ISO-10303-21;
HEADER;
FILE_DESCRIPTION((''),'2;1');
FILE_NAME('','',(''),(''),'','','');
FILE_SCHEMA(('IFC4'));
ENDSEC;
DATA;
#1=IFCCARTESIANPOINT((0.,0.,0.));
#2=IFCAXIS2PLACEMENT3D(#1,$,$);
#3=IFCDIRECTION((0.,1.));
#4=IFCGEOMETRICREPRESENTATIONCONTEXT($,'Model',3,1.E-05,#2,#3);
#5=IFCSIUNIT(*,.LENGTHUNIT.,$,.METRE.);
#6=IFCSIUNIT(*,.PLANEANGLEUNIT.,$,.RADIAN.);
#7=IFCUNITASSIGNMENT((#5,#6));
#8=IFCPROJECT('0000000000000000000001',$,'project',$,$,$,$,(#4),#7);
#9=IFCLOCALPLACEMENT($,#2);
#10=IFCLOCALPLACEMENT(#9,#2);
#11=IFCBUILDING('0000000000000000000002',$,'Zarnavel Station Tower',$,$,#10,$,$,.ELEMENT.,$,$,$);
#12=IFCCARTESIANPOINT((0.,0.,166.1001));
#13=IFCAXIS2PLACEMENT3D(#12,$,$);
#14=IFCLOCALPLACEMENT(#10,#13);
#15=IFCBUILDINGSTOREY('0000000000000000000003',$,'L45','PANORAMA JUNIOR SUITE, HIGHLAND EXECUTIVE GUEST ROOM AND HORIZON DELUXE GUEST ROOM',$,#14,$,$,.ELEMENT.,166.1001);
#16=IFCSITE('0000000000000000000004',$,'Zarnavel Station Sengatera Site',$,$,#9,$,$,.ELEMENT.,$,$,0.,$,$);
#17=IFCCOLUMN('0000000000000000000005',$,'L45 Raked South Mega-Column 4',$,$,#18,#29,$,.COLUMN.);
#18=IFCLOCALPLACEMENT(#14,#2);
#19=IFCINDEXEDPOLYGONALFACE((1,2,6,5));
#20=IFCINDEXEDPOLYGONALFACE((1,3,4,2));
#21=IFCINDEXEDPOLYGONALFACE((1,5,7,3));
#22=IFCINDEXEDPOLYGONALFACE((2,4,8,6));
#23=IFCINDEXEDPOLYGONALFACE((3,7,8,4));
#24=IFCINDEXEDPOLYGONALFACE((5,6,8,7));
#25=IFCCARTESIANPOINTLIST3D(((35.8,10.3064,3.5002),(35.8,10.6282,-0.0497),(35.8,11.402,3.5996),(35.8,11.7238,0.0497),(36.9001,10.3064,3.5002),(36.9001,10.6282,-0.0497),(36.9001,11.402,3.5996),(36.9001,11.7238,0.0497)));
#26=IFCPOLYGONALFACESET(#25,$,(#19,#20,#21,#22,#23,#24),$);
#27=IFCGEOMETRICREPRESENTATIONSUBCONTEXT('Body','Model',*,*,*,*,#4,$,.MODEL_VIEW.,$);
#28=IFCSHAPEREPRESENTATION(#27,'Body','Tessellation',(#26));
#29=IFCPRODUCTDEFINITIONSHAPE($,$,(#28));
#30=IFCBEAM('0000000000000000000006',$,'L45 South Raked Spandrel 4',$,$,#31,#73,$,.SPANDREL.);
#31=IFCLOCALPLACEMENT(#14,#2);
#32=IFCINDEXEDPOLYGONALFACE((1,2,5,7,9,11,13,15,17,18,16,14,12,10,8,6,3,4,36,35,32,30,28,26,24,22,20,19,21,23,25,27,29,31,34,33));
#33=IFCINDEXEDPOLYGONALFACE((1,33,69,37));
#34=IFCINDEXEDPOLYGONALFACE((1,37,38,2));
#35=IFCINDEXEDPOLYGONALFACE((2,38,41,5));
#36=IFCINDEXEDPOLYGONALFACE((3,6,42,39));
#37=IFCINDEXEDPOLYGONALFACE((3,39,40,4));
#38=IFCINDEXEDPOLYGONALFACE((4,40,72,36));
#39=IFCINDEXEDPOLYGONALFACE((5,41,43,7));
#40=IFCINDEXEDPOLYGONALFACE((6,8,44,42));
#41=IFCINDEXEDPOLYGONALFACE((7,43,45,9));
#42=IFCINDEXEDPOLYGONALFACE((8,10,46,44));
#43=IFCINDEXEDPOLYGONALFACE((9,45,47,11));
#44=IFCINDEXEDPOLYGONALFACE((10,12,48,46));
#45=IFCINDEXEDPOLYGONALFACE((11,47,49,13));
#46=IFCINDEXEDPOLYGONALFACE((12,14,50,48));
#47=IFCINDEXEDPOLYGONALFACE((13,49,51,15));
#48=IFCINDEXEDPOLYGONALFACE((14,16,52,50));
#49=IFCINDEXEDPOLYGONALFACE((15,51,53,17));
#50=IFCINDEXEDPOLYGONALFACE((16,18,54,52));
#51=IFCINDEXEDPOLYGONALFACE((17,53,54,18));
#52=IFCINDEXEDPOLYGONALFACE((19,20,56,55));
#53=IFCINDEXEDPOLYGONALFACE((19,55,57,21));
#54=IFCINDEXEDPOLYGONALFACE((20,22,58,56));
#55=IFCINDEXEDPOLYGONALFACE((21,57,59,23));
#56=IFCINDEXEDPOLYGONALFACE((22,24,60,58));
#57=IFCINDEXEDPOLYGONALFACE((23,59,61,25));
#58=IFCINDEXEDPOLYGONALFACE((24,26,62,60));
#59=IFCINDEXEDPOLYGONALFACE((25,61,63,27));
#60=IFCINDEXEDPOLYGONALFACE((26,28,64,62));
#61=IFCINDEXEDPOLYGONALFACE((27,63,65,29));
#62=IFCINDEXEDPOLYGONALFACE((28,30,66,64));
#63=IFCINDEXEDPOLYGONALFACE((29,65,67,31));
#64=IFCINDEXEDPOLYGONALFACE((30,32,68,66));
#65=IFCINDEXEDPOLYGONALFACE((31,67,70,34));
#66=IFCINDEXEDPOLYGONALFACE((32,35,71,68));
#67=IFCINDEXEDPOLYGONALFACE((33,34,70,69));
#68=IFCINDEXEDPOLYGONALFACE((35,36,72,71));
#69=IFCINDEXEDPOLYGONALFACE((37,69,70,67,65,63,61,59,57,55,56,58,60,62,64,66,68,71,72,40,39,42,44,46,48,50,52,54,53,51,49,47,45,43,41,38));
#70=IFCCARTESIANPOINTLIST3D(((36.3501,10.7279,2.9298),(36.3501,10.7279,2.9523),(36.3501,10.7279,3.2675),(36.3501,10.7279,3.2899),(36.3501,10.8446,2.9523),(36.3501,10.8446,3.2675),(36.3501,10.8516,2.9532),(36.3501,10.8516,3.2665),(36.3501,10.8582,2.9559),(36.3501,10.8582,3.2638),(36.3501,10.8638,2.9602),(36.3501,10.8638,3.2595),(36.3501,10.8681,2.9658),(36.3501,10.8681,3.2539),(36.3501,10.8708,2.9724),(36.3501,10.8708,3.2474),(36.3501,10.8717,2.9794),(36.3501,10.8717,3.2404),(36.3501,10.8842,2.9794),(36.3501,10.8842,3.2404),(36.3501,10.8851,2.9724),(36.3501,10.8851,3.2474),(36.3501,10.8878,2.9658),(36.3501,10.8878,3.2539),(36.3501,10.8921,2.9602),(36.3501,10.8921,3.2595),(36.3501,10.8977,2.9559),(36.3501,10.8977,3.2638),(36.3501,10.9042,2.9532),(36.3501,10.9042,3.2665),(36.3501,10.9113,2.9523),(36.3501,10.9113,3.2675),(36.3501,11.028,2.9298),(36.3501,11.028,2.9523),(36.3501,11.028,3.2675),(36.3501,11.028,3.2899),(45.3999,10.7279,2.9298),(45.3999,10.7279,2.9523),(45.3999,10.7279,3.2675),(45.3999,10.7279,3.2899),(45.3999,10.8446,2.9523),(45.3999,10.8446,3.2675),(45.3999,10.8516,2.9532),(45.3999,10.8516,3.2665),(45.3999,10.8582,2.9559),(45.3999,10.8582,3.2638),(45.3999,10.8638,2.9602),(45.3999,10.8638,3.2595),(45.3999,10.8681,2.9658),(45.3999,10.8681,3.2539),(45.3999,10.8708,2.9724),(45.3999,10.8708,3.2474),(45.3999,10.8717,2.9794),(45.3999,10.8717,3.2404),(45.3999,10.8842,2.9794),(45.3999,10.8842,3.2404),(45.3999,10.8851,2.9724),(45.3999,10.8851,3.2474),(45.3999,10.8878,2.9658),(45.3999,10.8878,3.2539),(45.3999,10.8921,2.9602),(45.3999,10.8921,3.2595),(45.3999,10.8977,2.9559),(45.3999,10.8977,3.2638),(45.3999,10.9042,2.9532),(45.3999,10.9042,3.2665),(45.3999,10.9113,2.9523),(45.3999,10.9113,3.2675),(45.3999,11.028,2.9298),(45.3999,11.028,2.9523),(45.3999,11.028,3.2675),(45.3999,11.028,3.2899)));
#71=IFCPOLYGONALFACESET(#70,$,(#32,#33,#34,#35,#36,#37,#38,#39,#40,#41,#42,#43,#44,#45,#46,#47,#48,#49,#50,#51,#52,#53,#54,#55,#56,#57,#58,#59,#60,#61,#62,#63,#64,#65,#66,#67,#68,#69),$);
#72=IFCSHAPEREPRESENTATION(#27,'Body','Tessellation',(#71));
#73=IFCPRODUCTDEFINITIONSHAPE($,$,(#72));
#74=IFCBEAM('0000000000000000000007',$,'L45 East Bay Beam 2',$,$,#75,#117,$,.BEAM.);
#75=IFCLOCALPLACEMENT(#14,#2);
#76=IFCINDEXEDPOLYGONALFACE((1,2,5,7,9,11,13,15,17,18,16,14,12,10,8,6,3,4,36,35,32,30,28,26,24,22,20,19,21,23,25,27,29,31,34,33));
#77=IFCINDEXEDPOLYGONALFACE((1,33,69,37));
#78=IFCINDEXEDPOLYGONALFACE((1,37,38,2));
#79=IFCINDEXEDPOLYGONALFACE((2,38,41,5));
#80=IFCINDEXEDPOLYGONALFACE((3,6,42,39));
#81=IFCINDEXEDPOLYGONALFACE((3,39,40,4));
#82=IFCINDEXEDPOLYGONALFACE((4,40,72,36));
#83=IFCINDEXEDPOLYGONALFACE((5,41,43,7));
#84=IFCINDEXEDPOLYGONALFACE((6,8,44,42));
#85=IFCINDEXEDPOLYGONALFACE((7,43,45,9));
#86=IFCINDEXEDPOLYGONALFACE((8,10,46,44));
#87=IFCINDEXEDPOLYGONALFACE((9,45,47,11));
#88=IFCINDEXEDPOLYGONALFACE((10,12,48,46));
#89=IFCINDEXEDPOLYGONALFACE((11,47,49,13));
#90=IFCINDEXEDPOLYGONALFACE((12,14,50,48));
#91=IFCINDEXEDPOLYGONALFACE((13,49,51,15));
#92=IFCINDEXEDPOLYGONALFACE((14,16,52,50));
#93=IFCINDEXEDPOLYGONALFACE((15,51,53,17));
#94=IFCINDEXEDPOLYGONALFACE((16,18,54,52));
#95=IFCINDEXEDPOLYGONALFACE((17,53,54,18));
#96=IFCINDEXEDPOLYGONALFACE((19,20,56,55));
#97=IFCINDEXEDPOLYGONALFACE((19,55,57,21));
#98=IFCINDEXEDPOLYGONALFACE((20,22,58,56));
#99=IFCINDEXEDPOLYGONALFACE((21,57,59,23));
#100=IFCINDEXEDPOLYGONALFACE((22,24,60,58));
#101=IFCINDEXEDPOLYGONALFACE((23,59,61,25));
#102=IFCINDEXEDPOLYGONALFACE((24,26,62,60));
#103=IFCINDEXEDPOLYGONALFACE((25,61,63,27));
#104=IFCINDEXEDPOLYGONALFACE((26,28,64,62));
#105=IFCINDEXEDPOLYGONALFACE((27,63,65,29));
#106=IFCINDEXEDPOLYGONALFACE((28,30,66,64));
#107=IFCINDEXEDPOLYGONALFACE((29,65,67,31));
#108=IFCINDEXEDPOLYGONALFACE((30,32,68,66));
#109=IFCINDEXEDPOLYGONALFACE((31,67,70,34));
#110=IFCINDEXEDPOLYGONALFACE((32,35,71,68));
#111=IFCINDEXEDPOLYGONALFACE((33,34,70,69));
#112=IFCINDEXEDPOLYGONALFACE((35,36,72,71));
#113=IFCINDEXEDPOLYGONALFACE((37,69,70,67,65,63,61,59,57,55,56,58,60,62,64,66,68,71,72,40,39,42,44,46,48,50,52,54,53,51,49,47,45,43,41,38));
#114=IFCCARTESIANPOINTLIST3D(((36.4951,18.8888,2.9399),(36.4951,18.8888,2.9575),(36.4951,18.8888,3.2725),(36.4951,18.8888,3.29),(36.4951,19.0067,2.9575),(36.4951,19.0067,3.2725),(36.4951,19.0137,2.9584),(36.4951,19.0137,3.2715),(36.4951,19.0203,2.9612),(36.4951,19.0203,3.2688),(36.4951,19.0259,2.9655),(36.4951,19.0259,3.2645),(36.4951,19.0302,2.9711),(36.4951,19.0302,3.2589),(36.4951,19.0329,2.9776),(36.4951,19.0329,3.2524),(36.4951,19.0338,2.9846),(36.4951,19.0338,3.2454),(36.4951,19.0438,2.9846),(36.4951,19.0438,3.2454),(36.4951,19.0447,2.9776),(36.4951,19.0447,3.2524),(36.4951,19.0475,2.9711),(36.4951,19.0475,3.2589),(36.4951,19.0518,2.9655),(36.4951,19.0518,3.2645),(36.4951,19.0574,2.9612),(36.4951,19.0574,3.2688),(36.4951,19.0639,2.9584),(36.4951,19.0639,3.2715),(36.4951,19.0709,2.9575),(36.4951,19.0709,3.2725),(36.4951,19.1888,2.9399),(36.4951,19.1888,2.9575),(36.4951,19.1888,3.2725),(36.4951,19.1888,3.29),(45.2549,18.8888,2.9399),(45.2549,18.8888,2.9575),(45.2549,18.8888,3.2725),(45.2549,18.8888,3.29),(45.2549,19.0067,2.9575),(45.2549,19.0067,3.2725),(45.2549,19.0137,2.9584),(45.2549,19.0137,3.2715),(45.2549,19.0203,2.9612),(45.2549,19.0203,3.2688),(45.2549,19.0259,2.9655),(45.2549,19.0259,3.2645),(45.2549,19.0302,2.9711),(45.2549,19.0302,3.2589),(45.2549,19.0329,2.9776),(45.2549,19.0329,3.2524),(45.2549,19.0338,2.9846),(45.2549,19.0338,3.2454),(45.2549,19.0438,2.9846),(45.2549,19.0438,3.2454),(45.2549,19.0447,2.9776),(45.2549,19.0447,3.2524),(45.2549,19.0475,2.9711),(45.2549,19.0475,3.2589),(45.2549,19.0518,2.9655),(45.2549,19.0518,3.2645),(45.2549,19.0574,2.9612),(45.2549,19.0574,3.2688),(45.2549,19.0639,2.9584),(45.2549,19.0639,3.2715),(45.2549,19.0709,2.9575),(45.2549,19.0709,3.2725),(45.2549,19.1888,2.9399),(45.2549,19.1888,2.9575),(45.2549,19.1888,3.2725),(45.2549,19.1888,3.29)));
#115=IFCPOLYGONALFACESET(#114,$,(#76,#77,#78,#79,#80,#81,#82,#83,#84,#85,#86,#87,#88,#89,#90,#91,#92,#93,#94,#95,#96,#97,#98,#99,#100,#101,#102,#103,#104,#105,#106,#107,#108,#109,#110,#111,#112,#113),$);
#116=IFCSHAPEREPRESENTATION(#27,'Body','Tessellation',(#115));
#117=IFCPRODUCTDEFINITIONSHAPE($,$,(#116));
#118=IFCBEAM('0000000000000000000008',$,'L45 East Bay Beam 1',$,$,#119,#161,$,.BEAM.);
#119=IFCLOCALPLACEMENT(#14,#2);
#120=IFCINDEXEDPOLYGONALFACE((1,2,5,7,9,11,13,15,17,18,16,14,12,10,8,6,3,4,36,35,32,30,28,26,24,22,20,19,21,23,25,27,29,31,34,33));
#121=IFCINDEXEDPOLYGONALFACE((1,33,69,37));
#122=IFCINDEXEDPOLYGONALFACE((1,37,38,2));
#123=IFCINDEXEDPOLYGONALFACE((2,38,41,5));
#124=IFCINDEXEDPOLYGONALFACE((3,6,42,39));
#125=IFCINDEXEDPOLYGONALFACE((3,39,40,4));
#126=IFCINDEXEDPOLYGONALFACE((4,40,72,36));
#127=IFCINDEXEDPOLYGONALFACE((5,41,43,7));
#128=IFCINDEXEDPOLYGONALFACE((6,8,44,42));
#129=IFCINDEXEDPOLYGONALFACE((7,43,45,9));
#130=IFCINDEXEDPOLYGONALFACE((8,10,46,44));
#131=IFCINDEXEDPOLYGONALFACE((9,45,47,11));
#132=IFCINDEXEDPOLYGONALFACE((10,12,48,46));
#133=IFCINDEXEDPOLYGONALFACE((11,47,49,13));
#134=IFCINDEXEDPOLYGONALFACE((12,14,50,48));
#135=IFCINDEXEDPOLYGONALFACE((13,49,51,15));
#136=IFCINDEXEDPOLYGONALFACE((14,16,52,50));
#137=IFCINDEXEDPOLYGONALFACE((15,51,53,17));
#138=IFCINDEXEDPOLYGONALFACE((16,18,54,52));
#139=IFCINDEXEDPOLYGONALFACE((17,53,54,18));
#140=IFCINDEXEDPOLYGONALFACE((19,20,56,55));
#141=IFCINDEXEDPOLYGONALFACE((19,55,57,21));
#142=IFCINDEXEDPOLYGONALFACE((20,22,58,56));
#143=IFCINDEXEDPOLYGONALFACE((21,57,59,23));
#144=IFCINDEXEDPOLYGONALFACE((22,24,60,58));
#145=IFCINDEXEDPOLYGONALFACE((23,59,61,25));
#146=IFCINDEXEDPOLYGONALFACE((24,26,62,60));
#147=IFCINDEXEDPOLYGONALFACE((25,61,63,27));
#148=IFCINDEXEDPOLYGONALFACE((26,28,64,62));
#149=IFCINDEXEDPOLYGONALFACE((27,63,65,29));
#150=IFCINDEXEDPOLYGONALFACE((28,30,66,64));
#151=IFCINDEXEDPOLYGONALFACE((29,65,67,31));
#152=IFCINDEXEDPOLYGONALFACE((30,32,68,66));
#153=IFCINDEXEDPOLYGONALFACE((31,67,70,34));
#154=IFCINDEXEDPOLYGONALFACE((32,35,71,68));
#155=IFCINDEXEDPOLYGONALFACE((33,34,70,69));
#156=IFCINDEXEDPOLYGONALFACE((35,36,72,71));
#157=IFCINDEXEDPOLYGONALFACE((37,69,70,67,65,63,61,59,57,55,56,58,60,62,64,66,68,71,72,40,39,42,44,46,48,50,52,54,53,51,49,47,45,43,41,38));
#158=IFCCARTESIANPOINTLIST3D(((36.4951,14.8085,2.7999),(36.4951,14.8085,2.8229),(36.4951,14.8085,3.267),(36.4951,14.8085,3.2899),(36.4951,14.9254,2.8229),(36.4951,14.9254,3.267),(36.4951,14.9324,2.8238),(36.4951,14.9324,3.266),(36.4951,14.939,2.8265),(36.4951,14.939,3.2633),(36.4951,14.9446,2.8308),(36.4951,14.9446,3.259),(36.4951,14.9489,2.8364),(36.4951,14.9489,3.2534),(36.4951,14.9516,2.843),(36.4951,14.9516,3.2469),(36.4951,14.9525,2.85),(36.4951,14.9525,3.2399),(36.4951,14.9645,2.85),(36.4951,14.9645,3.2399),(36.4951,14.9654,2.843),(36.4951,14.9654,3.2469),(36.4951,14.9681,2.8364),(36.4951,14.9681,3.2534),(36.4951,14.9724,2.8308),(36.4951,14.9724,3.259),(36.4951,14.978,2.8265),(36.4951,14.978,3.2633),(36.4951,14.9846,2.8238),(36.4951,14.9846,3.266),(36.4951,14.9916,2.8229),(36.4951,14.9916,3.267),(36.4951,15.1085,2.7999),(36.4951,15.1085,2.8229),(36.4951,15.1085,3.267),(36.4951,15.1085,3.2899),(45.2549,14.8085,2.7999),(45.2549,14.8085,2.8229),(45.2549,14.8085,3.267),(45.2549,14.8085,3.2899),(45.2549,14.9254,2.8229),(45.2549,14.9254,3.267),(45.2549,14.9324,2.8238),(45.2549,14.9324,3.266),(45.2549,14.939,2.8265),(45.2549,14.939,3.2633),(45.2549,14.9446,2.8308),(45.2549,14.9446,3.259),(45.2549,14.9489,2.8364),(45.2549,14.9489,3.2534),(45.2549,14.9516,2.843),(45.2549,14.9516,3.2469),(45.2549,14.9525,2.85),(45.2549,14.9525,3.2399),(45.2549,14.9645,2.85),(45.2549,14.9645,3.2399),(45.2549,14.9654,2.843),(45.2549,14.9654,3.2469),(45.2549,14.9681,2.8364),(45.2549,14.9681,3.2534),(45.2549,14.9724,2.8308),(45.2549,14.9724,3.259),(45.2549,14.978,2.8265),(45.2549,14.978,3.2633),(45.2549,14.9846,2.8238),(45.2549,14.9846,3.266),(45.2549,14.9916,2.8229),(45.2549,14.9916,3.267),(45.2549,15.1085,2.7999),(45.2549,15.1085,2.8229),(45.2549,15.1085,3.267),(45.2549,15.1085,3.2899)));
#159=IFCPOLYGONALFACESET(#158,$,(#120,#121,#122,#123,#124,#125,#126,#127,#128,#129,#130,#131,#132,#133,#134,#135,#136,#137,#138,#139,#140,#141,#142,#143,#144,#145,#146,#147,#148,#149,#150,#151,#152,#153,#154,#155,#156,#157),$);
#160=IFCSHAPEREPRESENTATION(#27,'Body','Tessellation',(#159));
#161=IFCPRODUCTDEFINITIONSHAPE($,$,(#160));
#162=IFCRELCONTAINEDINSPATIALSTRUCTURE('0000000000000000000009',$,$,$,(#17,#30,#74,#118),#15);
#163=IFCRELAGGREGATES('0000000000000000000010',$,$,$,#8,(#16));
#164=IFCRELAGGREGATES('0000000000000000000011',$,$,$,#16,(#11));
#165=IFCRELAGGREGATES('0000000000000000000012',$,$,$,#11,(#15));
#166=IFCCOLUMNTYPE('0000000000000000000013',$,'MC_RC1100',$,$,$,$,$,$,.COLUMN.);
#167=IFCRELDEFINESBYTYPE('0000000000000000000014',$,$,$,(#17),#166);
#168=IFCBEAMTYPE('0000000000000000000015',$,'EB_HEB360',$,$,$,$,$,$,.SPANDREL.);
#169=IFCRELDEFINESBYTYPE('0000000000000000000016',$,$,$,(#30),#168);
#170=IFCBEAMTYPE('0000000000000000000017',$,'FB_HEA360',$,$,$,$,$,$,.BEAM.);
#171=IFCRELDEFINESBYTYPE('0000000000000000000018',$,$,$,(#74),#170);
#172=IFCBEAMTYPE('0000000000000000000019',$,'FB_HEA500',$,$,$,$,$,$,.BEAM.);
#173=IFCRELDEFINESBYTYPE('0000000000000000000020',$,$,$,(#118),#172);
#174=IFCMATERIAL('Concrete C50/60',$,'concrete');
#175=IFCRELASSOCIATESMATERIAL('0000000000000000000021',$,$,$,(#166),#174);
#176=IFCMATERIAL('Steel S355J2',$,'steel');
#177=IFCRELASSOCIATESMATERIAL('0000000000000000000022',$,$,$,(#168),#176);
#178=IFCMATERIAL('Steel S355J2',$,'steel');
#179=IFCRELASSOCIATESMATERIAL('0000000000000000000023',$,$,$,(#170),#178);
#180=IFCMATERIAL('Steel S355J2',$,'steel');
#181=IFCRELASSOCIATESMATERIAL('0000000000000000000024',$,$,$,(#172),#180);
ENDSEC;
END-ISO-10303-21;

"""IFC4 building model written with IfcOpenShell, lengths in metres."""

from ifc_helpers import new_model, si_unit, direction, frame, origin, origin_2d, place, context, subcontext, project, spatial, rectangle, i_section, extrude, material, material_profile, profile_set, type_object, element, save


model = new_model("IFC4")

# Units and contexts
model_context = context("Model", 3, precision=1e-05, world=origin(), true_north=direction((0.0, 1.0)))
body_context = subcontext(model_context, "Body", "Model", "MODEL_VIEW")
ifc_project = project(units=[si_unit("LENGTHUNIT", "METRE"), si_unit("PLANEANGLEUNIT", "RADIAN")], contexts=[model_context])

# Site, building, storey
site_placement = place(None, origin())
site = spatial("IfcSite", under=ifc_project, at=site_placement, Name="Zarnavel Station Sengatera Site", CompositionType="ELEMENT", RefElevation=0.0)
building_placement = place(site_placement, origin())
building = spatial("IfcBuilding", under=site, at=building_placement, Name="Zarnavel Station Tower", CompositionType="ELEMENT")
storey_placement = place(building_placement, frame((0.0, 0.0, 166.1001)))
storey = spatial("IfcBuildingStorey", under=building, at=storey_placement, Name="L45", Description="PANORAMA JUNIOR SUITE, HIGHLAND EXECUTIVE GUEST ROOM AND HORIZON DELUXE GUEST ROOM", CompositionType="ELEMENT", Elevation=166.1001)

# Column
ifc_material_1 = material(Name="Concrete C50/60", Category="concrete")
ifc_material_profile_1 = material_profile(ifc_material_1, rectangle(XDim=1.1001, YDim=1.1001, at=origin_2d()), Name="RC1100x1100")
ifc_profile_set_1 = profile_set([ifc_material_profile_1], Name="Concrete C50/60")
column_type = type_object("IfcColumnType", Name="MC_RC1100", PredefinedType="COLUMN", material=ifc_profile_set_1)
column_placement = place(storey_placement, frame((36.3501, 11.176, 0.0), z_axis=(0.0, -0.090276, 0.995917), x_axis=(1.0, 0.0, 0.0)))
element("IfcColumn", 1, at=column_placement, inside=storey, type_object=column_type, Name="L45 Raked South Mega-Column 4", PredefinedType="COLUMN", context=body_context, shape_type="SweptSolid", body=[
    extrude(rectangle(XDim=1.1001, YDim=1.1001, at=origin_2d()), origin(), (0.0, 0.0, 1.0), 3.5645),
])

# Beams
ifc_material_2 = material(Name="Steel S355J2", Category="steel")
ifc_material_profile_2 = material_profile(ifc_material_2, i_section(OverallWidth=0.3, OverallDepth=0.3601, WebThickness=0.0125, FlangeThickness=0.0225, FilletRadius=0.0271, at=origin_2d()), Name="HEB360")
ifc_profile_set_2 = profile_set([ifc_material_profile_2], Name="Steel S355J2")
beam_type_1 = type_object("IfcBeamType", Name="EB_HEB360", PredefinedType="SPANDREL", material=ifc_profile_set_2)
beam_1_placement = place(storey_placement, frame((36.3501, 10.8779, 3.1099), z_axis=(1.0, 0.0, 0.0), x_axis=(0.0, 1.0, 0.0)))
element("IfcBeam", 2, at=beam_1_placement, inside=storey, type_object=beam_type_1, Name="L45 South Raked Spandrel 4", PredefinedType="SPANDREL", context=body_context, shape_type="SweptSolid", body=[
    extrude(i_section(OverallWidth=0.3, OverallDepth=0.3601, WebThickness=0.0125, FlangeThickness=0.0225, FilletRadius=0.0271, at=origin_2d()), origin(), (0.0, 0.0, 1.0), 9.0498),
])
ifc_material_3 = material(Name="Steel S355J2", Category="steel")
ifc_material_profile_3 = material_profile(ifc_material_3, i_section(OverallWidth=0.3, OverallDepth=0.3501, WebThickness=0.01, FlangeThickness=0.0176, FilletRadius=0.0271, at=origin_2d()), Name="HEA360")
ifc_profile_set_3 = profile_set([ifc_material_profile_3], Name="Steel S355J2")
beam_type_2 = type_object("IfcBeamType", Name="FB_HEA360", PredefinedType="BEAM", material=ifc_profile_set_3)
beam_2_placement = place(storey_placement, frame((36.4951, 19.0388, 3.115), z_axis=(1.0, 0.0, 0.0), x_axis=(0.0, 1.0, 0.0)))
element("IfcBeam", 3, at=beam_2_placement, inside=storey, type_object=beam_type_2, Name="L45 East Bay Beam 2", PredefinedType="BEAM", context=body_context, shape_type="SweptSolid", body=[
    extrude(i_section(OverallWidth=0.3, OverallDepth=0.3501, WebThickness=0.01, FlangeThickness=0.0176, FilletRadius=0.0271, at=origin_2d()), origin(), (0.0, 0.0, 1.0), 8.7598),
])
ifc_material_4 = material(Name="Steel S355J2", Category="steel")
ifc_material_profile_4 = material_profile(ifc_material_4, i_section(OverallWidth=0.3, OverallDepth=0.49, WebThickness=0.012, FlangeThickness=0.0229, FilletRadius=0.0271, at=origin_2d()), Name="HEA500")
ifc_profile_set_4 = profile_set([ifc_material_profile_4], Name="Steel S355J2")
beam_type_3 = type_object("IfcBeamType", Name="FB_HEA500", PredefinedType="BEAM", material=ifc_profile_set_4)
for number, where, z_axis, x_axis, name in (
    (4, (36.4951, 14.9585, 3.0449), (1.0, 0.0, 0.0), (0.0, 1.0, 0.0), "L45 East Bay Beam 1"),
):
    element("IfcBeam", number, at=place(storey_placement, frame(where, z_axis=z_axis, x_axis=x_axis)), inside=storey, type_object=beam_type_3, Name=name, PredefinedType="BEAM", context=body_context, shape_type="SweptSolid", body=[
        extrude(i_section(OverallWidth=0.3, OverallDepth=0.49, WebThickness=0.012, FlangeThickness=0.0229, FilletRadius=0.0271, at=origin_2d()), origin(), (0.0, 0.0, 1.0), 8.7598),
    ])

save(model, "model.ifc")
